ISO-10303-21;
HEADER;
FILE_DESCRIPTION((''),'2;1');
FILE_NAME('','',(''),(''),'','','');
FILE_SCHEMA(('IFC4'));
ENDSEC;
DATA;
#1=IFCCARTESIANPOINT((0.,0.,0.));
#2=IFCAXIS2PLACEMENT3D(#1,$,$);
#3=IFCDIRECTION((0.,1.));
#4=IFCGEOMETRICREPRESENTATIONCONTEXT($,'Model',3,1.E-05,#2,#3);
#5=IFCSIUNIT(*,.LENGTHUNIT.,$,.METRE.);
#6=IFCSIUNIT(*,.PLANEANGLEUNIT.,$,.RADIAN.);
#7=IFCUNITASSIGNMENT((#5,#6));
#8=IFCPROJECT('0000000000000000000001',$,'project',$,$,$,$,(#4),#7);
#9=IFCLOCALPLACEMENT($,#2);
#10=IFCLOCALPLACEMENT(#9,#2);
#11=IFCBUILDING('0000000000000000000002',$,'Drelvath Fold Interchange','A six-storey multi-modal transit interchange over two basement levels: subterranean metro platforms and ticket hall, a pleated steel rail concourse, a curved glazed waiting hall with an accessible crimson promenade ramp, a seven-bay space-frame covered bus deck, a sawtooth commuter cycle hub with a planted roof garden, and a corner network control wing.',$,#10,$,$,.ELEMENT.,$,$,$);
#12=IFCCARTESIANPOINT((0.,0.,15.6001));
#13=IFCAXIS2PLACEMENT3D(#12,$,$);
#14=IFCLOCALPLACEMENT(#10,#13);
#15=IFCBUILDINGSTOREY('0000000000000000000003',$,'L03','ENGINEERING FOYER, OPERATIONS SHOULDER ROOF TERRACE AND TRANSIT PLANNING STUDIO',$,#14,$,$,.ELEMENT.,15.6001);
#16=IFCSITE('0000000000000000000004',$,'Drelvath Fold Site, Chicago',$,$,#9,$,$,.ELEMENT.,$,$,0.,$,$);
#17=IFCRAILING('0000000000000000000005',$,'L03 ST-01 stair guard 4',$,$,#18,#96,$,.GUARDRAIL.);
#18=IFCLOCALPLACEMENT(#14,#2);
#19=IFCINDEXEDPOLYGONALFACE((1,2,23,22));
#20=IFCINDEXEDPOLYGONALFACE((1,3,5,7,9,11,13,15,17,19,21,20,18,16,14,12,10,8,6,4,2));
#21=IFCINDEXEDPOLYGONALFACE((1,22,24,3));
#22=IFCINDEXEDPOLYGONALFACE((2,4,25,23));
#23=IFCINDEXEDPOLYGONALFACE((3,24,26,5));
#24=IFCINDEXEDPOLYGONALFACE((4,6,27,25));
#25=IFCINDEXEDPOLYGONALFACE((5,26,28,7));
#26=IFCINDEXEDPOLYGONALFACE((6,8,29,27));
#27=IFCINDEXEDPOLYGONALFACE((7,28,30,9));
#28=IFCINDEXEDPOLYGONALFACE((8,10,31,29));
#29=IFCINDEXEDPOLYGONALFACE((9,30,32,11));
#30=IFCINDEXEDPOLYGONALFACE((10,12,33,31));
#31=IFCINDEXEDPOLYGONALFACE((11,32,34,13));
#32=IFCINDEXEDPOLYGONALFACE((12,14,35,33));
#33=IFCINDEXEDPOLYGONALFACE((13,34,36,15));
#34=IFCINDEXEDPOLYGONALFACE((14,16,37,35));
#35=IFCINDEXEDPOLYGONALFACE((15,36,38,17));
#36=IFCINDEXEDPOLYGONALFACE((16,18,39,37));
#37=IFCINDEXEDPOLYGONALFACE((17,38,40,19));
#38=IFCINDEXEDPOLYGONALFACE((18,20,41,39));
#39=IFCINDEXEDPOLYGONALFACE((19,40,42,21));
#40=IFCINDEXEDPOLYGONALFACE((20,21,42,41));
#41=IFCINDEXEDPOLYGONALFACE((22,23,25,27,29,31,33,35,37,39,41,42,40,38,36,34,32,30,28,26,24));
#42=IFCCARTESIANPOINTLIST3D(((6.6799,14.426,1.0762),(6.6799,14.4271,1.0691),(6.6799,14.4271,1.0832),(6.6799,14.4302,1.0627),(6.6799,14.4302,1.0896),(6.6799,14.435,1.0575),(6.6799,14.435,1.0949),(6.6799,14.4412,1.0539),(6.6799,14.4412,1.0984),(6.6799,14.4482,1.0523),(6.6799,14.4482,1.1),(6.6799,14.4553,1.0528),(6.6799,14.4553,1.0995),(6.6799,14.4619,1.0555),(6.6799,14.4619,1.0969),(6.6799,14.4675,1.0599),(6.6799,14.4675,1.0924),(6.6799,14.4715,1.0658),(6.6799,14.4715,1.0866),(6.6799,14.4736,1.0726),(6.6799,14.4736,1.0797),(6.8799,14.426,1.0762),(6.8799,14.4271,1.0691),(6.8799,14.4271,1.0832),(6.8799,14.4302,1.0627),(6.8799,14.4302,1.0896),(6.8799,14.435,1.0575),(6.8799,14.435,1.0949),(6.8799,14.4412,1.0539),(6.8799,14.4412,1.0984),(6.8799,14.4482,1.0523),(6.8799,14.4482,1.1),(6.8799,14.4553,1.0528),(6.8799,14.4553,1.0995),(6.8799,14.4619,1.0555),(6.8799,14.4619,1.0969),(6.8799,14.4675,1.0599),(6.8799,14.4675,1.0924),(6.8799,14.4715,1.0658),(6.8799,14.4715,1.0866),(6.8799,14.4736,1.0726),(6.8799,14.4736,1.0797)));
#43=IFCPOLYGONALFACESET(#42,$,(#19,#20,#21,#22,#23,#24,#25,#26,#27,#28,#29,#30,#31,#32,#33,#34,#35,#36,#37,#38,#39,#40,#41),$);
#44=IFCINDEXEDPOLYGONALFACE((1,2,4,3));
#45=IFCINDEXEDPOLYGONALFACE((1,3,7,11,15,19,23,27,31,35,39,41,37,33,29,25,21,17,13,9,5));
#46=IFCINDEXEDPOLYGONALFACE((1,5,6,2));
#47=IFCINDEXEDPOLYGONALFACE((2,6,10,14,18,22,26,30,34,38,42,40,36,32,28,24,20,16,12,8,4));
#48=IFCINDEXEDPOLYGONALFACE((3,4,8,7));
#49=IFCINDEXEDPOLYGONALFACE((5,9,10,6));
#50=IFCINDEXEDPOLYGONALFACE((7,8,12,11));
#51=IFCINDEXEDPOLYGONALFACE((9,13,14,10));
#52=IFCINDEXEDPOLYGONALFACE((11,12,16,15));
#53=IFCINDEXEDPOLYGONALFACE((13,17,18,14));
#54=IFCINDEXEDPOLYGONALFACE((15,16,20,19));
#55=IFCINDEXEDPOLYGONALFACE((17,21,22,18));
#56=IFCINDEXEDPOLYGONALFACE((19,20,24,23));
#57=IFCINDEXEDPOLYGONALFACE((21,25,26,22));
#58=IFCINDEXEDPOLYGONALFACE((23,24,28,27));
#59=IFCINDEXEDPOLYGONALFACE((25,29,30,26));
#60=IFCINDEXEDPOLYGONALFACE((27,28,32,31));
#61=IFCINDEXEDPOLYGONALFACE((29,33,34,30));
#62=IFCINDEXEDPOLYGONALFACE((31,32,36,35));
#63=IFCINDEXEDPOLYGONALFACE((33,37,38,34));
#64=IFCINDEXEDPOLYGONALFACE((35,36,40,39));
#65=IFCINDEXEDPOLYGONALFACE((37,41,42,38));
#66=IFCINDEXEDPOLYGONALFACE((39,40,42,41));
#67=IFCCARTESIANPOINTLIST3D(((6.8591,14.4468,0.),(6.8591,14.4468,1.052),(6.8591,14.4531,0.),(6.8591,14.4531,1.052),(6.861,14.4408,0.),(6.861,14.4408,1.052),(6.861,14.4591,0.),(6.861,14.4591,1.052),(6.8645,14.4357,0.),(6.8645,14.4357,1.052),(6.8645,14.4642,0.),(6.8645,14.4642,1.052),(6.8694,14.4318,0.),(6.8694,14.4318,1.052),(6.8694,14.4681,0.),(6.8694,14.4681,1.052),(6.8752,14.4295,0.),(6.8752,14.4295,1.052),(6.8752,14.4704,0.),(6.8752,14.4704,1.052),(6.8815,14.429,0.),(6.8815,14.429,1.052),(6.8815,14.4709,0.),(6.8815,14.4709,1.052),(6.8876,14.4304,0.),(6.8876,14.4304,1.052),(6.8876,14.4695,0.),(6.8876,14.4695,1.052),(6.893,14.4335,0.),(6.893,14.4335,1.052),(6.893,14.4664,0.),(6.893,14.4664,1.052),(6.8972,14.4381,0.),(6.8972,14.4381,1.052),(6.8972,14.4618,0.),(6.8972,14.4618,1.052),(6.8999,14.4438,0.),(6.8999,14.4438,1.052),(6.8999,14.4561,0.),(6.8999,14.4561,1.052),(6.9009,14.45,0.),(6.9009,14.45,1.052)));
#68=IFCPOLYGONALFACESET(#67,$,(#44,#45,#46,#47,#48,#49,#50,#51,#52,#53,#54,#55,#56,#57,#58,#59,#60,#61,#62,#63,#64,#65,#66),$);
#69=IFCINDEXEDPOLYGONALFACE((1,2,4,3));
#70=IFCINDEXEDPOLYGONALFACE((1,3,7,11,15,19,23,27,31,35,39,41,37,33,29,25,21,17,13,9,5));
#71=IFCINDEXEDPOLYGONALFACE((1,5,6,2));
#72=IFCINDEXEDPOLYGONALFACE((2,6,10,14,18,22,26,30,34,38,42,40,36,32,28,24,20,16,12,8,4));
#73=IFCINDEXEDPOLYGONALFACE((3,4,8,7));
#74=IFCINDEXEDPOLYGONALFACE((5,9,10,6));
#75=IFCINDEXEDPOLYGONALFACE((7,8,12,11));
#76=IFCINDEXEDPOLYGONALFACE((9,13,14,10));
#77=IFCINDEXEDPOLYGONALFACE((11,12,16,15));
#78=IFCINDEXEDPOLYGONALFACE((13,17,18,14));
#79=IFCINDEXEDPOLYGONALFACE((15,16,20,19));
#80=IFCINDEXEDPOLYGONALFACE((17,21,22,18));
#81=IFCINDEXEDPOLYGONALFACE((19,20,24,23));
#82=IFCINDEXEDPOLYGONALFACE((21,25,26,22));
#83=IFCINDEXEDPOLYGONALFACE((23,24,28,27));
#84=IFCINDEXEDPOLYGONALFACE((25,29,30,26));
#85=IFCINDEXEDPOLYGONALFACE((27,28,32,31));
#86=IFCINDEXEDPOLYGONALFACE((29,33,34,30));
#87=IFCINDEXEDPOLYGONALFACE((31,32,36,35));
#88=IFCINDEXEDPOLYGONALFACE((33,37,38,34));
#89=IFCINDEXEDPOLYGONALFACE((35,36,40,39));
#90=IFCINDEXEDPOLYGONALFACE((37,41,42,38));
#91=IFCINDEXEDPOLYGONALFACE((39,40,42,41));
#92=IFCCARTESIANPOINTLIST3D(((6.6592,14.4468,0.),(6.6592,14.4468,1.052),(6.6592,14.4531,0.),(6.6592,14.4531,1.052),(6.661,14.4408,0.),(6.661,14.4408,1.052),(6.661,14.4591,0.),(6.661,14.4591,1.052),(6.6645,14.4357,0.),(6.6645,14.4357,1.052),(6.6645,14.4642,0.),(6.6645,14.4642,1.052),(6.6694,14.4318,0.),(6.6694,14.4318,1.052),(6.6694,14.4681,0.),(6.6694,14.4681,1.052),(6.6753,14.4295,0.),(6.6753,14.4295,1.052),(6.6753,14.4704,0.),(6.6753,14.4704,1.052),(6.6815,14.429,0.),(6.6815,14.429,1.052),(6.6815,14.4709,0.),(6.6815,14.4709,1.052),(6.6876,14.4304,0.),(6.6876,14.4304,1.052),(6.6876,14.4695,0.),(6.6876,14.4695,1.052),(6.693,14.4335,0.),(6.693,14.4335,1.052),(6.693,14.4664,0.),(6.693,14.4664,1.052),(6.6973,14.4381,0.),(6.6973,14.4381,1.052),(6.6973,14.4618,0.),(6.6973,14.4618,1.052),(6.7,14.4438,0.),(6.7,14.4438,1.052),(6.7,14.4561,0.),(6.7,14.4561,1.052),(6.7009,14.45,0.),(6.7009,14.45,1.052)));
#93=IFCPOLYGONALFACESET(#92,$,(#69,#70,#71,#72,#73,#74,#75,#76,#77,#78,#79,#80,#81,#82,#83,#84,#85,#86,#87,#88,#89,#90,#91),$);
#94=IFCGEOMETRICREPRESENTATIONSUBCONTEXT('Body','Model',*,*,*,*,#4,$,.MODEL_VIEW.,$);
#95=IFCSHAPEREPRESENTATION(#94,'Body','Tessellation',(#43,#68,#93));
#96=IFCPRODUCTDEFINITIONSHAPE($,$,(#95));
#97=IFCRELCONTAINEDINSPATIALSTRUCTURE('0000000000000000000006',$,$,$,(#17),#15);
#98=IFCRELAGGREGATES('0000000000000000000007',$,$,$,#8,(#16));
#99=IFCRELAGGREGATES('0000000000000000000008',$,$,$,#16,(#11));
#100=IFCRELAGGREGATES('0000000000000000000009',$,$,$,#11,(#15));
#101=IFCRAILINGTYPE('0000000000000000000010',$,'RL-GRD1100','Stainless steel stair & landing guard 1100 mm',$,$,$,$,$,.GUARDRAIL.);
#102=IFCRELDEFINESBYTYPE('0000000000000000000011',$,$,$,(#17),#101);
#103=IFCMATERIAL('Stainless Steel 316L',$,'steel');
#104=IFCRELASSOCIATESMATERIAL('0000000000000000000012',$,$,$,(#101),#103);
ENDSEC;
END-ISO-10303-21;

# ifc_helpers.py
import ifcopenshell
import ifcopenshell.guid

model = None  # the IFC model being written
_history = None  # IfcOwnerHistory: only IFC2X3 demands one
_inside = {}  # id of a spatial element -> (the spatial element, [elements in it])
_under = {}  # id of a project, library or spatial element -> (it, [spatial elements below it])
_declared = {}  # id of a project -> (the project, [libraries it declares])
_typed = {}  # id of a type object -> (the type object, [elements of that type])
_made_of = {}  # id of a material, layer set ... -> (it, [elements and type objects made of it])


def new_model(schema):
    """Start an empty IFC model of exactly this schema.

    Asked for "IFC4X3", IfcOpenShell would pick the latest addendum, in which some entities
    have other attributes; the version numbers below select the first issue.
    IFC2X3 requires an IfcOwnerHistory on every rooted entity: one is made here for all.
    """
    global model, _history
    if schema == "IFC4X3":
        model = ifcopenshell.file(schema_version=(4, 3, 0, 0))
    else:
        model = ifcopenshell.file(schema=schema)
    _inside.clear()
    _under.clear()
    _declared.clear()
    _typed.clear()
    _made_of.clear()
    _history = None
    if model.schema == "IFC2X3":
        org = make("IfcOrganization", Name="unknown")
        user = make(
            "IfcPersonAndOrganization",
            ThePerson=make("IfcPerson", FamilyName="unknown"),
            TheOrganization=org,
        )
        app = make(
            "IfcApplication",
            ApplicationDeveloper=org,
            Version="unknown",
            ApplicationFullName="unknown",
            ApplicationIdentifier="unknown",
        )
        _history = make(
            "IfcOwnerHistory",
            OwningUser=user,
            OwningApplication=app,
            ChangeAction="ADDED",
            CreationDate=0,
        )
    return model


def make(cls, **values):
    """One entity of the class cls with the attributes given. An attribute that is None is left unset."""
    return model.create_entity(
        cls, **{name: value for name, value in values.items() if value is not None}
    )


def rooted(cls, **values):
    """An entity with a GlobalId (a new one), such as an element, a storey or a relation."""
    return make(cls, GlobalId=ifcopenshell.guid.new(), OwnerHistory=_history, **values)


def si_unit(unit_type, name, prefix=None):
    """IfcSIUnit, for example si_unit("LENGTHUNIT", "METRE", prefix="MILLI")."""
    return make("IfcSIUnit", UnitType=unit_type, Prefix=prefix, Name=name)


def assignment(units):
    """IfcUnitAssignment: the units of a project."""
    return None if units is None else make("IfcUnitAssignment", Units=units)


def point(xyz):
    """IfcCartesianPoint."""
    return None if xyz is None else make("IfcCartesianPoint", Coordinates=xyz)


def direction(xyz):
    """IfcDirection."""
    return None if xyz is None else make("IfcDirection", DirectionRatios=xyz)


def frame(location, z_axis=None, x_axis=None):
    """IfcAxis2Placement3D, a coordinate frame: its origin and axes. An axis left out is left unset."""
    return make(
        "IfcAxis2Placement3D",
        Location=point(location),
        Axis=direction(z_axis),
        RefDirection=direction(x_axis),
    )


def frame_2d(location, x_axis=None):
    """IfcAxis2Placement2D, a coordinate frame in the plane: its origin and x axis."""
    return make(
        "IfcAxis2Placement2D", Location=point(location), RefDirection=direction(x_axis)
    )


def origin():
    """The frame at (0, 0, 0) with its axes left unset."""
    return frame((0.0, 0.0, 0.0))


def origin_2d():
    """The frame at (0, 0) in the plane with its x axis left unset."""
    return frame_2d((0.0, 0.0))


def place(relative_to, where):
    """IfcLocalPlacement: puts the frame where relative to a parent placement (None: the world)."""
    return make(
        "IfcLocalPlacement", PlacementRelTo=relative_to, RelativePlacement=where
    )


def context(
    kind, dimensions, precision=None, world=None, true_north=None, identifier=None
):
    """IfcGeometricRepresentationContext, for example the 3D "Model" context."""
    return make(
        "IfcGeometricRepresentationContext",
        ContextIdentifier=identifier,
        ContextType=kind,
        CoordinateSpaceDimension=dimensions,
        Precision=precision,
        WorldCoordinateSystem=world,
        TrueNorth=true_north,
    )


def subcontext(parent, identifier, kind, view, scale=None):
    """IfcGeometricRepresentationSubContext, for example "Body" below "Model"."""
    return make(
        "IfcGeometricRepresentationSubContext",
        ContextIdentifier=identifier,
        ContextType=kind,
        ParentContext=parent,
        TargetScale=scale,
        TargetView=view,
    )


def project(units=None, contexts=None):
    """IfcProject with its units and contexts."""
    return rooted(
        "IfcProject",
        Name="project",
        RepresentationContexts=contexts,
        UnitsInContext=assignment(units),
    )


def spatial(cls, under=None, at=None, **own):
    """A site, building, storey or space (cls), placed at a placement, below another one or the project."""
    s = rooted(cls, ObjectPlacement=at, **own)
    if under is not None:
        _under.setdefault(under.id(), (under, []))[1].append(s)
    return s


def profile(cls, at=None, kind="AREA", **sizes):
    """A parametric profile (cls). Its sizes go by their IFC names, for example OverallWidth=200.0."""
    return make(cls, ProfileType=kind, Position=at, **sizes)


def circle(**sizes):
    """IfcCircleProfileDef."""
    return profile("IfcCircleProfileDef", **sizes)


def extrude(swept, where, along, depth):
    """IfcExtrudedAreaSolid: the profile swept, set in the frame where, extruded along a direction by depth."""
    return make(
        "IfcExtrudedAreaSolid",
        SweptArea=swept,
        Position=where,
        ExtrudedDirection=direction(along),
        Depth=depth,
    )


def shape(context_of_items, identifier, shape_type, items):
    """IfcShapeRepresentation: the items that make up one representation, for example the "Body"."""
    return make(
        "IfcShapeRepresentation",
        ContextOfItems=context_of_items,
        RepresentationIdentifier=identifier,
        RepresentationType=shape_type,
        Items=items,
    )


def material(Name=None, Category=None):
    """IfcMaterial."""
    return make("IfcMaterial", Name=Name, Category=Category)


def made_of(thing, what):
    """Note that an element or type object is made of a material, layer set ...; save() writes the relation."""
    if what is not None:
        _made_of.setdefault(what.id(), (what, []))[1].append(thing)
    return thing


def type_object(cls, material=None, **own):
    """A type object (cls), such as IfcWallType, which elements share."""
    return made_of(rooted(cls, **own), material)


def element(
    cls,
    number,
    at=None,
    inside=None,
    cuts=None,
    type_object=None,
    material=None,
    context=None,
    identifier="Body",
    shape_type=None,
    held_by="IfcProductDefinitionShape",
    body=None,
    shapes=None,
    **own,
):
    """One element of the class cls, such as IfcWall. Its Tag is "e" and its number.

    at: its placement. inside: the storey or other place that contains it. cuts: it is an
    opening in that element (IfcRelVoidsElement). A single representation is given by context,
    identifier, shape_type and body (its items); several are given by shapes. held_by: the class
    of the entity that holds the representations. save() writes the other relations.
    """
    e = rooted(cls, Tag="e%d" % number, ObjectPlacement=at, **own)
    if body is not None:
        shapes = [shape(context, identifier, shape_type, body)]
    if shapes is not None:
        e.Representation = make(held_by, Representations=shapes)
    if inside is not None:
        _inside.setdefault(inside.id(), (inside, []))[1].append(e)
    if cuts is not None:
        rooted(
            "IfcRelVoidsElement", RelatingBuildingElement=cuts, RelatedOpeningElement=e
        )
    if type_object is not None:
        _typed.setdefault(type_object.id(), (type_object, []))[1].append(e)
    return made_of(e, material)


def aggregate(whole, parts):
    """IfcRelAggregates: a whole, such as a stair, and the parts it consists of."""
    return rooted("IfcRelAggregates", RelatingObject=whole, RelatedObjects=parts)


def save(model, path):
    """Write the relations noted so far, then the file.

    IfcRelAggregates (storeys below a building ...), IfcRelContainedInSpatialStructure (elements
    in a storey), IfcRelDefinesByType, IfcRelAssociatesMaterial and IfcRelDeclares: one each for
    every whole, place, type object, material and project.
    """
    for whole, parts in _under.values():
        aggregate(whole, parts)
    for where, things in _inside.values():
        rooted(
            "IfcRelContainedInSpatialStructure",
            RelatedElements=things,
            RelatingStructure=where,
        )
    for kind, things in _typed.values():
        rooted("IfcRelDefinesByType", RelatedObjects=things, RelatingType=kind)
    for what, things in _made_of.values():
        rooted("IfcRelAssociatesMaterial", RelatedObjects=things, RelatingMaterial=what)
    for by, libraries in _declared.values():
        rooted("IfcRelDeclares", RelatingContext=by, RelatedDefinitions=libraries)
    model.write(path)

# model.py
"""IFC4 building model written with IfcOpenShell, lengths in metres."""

from ifc_helpers import new_model, si_unit, direction, frame, origin, origin_2d, place, context, subcontext, project, spatial, circle, extrude, material, type_object, element, save


model = new_model("IFC4")

# Units and contexts
model_context = context("Model", 3, precision=1e-05, world=origin(), true_north=direction((0.0, 1.0)))
body_context = subcontext(model_context, "Body", "Model", "MODEL_VIEW")
ifc_project = project(units=[si_unit("LENGTHUNIT", "METRE"), si_unit("PLANEANGLEUNIT", "RADIAN")], contexts=[model_context])

# Site, building, storey
site_placement = place(None, origin())
site = spatial("IfcSite", under=ifc_project, at=site_placement, Name="Drelvath Fold Site, Chicago", CompositionType="ELEMENT", RefElevation=0.0)
building_placement = place(site_placement, origin())
building = spatial("IfcBuilding", under=site, at=building_placement, Name="Drelvath Fold Interchange", Description="A six-storey multi-modal transit interchange over two basement levels: subterranean metro platforms and ticket hall, a pleated steel rail concourse, a curved glazed waiting hall with an accessible crimson promenade ramp, a seven-bay space-frame covered bus deck, a sawtooth commuter cycle hub with a planted roof garden, and a corner network control wing.", CompositionType="ELEMENT")
storey_placement = place(building_placement, frame((0.0, 0.0, 15.6001)))
storey = spatial("IfcBuildingStorey", under=building, at=storey_placement, Name="L03", Description="ENGINEERING FOYER, OPERATIONS SHOULDER ROOF TERRACE AND TRANSIT PLANNING STUDIO", CompositionType="ELEMENT", Elevation=15.6001)

# Railing
ifc_material_1 = material(Name="Stainless Steel 316L", Category="steel")
railing_type_1 = type_object("IfcRailingType", Name="RL-GRD1100", Description="Stainless steel stair & landing guard 1100 mm", PredefinedType="GUARDRAIL", material=ifc_material_1)
railing_1_placement = place(storey_placement, frame((6.8799, 14.45, 0.0)))
element("IfcRailing", 1, at=railing_1_placement, inside=storey, type_object=railing_type_1, Name="L03 ST-01 stair guard 4", PredefinedType="GUARDRAIL", context=body_context, shape_type="SweptSolid", body=[
    extrude(circle(Radius=0.0239, at=origin_2d()), frame((0.0, 0.0, 1.0762), z_axis=(-1.0, 0.0, 0.0), x_axis=(0.0, -1.0, 0.0)), (0.0, 0.0, 1.0), 0.2),
    extrude(circle(Radius=0.021, at=origin_2d()), origin(), (0.0, 0.0, 1.0), 1.052),
    extrude(circle(Radius=0.021, at=origin_2d()), frame((-0.2, 0.0, 0.0)), (0.0, 0.0, 1.0), 1.052),
])

save(model, "model.ifc")
